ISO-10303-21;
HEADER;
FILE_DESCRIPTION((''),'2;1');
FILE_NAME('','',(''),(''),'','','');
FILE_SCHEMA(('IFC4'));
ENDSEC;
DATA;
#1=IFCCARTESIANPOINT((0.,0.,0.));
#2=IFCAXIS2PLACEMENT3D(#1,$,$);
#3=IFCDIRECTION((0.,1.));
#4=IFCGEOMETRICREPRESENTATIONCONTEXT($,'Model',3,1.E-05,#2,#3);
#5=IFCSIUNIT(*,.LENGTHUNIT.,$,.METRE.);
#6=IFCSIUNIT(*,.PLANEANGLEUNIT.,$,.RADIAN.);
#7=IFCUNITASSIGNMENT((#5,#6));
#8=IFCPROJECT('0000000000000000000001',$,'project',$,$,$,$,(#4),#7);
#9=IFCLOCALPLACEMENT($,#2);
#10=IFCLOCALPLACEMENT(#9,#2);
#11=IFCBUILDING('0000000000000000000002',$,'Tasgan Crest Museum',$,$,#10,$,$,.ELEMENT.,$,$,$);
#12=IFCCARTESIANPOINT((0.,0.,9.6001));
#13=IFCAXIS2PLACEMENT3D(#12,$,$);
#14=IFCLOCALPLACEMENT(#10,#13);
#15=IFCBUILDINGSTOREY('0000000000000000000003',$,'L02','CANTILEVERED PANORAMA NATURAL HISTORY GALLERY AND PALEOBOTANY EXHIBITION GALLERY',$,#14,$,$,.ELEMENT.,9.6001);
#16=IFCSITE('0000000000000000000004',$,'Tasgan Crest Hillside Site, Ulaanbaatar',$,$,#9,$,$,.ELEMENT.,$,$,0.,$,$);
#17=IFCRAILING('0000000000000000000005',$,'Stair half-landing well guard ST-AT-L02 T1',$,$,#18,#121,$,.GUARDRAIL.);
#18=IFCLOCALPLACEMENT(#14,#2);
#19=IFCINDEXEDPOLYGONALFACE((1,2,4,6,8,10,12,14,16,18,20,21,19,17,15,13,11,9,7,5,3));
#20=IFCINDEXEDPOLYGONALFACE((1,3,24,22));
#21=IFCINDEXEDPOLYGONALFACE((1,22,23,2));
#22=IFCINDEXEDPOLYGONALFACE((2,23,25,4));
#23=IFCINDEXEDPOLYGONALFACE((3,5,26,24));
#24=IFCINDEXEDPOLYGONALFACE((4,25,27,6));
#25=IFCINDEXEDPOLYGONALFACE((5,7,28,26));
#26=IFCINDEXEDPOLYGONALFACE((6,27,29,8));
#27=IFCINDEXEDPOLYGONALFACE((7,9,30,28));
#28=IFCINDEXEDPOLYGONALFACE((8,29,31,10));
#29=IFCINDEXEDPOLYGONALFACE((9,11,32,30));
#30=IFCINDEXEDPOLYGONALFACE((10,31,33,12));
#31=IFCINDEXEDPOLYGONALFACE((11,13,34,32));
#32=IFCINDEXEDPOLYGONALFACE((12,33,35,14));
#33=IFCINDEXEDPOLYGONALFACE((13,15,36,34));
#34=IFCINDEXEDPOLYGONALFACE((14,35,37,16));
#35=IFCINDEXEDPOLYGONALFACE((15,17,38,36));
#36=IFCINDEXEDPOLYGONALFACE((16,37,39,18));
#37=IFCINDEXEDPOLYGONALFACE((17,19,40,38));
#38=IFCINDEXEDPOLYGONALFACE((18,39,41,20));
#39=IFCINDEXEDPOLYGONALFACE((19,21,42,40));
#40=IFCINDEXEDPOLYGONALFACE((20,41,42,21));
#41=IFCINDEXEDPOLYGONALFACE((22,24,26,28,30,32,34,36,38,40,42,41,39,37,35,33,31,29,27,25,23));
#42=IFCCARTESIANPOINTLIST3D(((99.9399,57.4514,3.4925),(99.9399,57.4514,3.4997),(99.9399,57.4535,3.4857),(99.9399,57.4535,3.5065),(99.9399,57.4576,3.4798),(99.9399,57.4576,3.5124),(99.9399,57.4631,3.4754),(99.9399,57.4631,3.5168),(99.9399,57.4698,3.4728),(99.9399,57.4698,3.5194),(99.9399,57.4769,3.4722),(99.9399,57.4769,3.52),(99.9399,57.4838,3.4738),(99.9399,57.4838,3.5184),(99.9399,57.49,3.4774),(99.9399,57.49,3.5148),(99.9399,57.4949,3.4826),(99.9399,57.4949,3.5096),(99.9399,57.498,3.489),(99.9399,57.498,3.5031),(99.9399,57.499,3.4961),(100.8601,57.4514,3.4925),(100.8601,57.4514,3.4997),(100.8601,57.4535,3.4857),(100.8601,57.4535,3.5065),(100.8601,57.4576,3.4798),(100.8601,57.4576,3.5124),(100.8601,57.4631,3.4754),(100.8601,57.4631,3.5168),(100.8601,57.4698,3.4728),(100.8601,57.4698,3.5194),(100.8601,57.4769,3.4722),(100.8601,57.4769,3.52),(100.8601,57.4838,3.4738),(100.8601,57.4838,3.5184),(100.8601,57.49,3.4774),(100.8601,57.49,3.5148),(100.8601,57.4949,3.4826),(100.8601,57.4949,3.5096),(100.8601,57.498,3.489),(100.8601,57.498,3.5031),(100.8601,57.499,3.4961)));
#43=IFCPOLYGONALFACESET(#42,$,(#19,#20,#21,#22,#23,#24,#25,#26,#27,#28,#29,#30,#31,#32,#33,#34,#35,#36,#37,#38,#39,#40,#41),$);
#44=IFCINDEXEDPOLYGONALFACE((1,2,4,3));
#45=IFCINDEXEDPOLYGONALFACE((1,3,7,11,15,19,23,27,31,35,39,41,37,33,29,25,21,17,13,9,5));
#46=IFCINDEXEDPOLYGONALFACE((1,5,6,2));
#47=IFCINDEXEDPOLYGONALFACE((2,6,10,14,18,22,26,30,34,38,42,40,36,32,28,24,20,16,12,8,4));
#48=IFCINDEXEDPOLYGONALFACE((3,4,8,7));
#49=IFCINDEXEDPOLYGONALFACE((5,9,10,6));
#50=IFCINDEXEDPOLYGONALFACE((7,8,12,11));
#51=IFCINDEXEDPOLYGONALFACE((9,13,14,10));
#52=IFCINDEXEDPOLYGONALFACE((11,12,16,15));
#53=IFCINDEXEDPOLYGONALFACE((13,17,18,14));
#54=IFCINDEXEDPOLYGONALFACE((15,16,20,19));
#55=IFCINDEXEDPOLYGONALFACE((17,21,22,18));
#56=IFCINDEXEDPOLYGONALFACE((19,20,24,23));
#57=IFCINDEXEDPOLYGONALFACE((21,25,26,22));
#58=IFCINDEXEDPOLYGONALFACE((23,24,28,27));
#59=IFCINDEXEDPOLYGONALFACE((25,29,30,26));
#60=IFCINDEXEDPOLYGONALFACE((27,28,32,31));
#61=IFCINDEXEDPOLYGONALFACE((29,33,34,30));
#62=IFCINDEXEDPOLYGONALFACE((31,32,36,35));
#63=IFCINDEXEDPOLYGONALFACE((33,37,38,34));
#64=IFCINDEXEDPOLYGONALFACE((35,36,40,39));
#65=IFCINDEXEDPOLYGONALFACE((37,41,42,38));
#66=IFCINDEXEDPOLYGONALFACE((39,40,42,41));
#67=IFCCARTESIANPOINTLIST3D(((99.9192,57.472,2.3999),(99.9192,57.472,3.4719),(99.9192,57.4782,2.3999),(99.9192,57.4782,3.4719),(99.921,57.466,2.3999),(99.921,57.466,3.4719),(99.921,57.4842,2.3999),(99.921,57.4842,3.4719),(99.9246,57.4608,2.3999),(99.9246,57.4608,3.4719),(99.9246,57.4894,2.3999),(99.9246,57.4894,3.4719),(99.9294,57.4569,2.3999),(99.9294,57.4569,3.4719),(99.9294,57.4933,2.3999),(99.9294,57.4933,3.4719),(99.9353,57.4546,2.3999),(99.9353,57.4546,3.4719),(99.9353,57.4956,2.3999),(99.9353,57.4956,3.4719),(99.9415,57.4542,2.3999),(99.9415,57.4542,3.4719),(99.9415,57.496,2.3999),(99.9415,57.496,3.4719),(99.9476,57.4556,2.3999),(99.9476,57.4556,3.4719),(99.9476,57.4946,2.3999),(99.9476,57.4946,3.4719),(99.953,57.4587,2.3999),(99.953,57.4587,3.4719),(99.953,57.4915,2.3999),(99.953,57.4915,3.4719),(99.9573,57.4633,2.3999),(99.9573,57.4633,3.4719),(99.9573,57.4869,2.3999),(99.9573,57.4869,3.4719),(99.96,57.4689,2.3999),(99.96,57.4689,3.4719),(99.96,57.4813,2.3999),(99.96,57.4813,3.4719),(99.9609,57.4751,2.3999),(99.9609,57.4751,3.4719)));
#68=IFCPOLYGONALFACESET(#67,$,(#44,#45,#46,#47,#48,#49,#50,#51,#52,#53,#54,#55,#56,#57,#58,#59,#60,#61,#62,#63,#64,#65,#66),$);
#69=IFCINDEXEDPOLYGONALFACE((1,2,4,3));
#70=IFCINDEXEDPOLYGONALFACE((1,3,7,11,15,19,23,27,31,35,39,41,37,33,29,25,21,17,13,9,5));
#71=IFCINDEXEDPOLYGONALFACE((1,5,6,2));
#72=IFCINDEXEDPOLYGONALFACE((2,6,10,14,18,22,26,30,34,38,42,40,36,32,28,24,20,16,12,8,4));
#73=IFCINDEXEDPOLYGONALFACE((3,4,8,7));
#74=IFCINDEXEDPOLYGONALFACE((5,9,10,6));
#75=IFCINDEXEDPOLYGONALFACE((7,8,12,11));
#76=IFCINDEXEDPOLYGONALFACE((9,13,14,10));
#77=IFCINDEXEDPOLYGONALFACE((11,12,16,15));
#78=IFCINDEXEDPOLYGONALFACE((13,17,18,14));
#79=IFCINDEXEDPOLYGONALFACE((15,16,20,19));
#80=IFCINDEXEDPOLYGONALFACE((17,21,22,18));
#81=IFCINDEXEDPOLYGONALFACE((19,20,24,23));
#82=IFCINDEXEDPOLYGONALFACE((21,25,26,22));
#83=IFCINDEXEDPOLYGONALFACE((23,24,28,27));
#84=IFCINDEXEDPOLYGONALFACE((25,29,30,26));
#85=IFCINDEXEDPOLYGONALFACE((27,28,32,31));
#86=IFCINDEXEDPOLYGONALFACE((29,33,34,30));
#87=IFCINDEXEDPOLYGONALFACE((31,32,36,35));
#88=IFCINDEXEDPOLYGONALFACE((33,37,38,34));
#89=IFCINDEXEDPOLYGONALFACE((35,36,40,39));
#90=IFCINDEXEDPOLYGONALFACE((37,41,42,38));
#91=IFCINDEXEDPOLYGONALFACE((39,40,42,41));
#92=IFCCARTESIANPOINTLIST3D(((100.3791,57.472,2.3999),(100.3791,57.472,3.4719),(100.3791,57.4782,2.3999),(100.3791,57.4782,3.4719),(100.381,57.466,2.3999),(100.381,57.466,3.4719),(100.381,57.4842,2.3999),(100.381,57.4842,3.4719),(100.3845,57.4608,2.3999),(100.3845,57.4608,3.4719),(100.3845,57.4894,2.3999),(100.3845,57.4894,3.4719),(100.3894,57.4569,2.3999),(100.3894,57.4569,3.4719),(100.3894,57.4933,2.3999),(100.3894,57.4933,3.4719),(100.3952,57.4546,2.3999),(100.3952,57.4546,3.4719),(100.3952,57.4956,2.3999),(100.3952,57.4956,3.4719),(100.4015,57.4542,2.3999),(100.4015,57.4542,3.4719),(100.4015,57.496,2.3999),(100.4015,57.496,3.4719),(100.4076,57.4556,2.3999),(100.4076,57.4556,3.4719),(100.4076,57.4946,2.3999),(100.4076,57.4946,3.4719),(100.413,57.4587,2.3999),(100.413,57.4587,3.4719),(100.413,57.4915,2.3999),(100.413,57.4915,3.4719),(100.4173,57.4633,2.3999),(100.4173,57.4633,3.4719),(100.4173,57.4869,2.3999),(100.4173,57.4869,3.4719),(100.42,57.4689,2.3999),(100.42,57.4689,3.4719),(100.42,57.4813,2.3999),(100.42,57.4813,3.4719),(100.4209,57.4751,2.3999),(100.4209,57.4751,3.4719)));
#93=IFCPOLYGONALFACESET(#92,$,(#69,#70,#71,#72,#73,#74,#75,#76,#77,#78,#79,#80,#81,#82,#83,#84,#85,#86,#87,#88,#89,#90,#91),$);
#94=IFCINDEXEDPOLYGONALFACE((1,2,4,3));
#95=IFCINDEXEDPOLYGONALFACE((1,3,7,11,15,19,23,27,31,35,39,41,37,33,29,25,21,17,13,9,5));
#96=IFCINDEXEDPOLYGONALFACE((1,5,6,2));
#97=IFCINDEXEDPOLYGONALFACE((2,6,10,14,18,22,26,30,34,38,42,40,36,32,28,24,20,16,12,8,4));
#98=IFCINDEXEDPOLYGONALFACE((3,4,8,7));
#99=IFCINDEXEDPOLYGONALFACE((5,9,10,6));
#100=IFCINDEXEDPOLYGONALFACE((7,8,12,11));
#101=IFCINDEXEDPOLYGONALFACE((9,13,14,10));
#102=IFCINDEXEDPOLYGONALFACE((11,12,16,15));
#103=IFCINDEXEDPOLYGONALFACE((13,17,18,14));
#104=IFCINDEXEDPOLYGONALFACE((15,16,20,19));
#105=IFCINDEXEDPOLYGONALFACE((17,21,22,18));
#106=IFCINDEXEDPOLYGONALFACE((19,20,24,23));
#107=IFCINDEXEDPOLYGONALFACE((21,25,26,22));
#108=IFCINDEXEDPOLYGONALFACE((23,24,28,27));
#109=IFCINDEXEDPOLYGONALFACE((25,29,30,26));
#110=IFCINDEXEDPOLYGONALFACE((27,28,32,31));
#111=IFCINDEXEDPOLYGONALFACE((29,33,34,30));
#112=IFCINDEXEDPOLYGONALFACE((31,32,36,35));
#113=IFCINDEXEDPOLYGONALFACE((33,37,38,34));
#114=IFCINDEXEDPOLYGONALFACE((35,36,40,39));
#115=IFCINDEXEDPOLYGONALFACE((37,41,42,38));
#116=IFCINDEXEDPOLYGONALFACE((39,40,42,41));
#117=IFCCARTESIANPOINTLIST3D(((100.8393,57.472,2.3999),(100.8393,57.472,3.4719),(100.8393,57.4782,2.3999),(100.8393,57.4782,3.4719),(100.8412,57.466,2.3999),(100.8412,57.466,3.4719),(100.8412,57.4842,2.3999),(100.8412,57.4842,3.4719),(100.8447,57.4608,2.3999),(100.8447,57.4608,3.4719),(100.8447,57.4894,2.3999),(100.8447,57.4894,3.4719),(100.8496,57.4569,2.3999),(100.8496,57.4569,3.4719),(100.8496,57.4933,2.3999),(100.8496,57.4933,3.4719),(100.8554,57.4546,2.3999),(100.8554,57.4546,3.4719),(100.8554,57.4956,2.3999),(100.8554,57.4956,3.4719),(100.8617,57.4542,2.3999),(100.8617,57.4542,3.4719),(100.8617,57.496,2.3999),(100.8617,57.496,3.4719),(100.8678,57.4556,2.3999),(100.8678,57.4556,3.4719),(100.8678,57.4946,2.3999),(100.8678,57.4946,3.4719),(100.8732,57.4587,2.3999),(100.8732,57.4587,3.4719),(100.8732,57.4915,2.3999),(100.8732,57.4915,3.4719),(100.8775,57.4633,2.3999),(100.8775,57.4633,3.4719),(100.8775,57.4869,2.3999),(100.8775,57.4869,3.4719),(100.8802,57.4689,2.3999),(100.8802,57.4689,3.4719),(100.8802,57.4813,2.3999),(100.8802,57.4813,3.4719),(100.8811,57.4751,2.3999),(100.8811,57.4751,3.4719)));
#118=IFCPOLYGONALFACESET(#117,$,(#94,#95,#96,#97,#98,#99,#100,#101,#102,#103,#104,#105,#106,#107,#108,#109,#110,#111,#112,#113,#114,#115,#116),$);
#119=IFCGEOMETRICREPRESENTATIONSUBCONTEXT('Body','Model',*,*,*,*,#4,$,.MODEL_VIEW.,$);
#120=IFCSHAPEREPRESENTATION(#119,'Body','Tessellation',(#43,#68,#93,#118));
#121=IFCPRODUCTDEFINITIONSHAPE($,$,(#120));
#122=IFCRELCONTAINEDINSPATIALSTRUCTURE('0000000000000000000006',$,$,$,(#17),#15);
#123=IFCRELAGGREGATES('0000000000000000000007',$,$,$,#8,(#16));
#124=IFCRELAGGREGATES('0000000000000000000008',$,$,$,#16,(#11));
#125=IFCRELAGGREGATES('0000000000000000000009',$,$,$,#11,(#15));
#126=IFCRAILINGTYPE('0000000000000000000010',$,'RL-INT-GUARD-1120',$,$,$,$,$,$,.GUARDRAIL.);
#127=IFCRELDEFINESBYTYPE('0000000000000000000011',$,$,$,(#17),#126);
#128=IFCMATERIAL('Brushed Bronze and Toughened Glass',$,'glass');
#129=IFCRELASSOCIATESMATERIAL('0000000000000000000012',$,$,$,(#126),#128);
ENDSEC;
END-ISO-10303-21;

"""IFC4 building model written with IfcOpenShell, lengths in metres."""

from ifc_helpers import new_model, si_unit, direction, frame, origin, origin_2d, place, context, subcontext, project, spatial, circle, extrude, material, type_object, element, save


model = new_model("IFC4")

# Units and contexts
model_context = context("Model", 3, precision=1e-05, world=origin(), true_north=direction((0.0, 1.0)))
body_context = subcontext(model_context, "Body", "Model", "MODEL_VIEW")
ifc_project = project(units=[si_unit("LENGTHUNIT", "METRE"), si_unit("PLANEANGLEUNIT", "RADIAN")], contexts=[model_context])

# Site, building, storey
site_placement = place(None, origin())
site = spatial("IfcSite", under=ifc_project, at=site_placement, Name="Tasgan Crest Hillside Site, Ulaanbaatar", CompositionType="ELEMENT", RefElevation=0.0)
building_placement = place(site_placement, origin())
building = spatial("IfcBuilding", under=site, at=building_placement, Name="Tasgan Crest Museum", CompositionType="ELEMENT")
storey_placement = place(building_placement, frame((0.0, 0.0, 9.6001)))
storey = spatial("IfcBuildingStorey", under=building, at=storey_placement, Name="L02", Description="CANTILEVERED PANORAMA NATURAL HISTORY GALLERY AND PALEOBOTANY EXHIBITION GALLERY", CompositionType="ELEMENT", Elevation=9.6001)

# Railing
ifc_material_1 = material(Name="Brushed Bronze and Toughened Glass", Category="glass")
railing_type_1 = type_object("IfcRailingType", Name="RL-INT-GUARD-1120", PredefinedType="GUARDRAIL", material=ifc_material_1)
railing_1_placement = place(storey_placement, frame((99.9399, 57.4751, 2.3999)))
element("IfcRailing", 1, at=railing_1_placement, inside=storey, type_object=railing_type_1, Name="Stair half-landing well guard ST-AT-L02 T1", PredefinedType="GUARDRAIL", context=body_context, shape_type="SweptSolid", body=[
    extrude(circle(Radius=0.0239, at=origin_2d()), frame((0.0, 0.0, 1.0962), z_axis=(1.0, 0.0, 0.0), x_axis=(0.0, 1.0, 0.0)), (0.0, 0.0, 1.0), 0.9202),
    extrude(circle(Radius=0.021, at=origin_2d()), origin(), (0.0, 0.0, 1.0), 1.072),
    extrude(circle(Radius=0.021, at=origin_2d()), frame((0.46, 0.0, 0.0)), (0.0, 0.0, 1.0), 1.072),
    extrude(circle(Radius=0.021, at=origin_2d()), frame((0.9202, 0.0, 0.0)), (0.0, 0.0, 1.0), 1.072),
])

save(model, "model.ifc")
